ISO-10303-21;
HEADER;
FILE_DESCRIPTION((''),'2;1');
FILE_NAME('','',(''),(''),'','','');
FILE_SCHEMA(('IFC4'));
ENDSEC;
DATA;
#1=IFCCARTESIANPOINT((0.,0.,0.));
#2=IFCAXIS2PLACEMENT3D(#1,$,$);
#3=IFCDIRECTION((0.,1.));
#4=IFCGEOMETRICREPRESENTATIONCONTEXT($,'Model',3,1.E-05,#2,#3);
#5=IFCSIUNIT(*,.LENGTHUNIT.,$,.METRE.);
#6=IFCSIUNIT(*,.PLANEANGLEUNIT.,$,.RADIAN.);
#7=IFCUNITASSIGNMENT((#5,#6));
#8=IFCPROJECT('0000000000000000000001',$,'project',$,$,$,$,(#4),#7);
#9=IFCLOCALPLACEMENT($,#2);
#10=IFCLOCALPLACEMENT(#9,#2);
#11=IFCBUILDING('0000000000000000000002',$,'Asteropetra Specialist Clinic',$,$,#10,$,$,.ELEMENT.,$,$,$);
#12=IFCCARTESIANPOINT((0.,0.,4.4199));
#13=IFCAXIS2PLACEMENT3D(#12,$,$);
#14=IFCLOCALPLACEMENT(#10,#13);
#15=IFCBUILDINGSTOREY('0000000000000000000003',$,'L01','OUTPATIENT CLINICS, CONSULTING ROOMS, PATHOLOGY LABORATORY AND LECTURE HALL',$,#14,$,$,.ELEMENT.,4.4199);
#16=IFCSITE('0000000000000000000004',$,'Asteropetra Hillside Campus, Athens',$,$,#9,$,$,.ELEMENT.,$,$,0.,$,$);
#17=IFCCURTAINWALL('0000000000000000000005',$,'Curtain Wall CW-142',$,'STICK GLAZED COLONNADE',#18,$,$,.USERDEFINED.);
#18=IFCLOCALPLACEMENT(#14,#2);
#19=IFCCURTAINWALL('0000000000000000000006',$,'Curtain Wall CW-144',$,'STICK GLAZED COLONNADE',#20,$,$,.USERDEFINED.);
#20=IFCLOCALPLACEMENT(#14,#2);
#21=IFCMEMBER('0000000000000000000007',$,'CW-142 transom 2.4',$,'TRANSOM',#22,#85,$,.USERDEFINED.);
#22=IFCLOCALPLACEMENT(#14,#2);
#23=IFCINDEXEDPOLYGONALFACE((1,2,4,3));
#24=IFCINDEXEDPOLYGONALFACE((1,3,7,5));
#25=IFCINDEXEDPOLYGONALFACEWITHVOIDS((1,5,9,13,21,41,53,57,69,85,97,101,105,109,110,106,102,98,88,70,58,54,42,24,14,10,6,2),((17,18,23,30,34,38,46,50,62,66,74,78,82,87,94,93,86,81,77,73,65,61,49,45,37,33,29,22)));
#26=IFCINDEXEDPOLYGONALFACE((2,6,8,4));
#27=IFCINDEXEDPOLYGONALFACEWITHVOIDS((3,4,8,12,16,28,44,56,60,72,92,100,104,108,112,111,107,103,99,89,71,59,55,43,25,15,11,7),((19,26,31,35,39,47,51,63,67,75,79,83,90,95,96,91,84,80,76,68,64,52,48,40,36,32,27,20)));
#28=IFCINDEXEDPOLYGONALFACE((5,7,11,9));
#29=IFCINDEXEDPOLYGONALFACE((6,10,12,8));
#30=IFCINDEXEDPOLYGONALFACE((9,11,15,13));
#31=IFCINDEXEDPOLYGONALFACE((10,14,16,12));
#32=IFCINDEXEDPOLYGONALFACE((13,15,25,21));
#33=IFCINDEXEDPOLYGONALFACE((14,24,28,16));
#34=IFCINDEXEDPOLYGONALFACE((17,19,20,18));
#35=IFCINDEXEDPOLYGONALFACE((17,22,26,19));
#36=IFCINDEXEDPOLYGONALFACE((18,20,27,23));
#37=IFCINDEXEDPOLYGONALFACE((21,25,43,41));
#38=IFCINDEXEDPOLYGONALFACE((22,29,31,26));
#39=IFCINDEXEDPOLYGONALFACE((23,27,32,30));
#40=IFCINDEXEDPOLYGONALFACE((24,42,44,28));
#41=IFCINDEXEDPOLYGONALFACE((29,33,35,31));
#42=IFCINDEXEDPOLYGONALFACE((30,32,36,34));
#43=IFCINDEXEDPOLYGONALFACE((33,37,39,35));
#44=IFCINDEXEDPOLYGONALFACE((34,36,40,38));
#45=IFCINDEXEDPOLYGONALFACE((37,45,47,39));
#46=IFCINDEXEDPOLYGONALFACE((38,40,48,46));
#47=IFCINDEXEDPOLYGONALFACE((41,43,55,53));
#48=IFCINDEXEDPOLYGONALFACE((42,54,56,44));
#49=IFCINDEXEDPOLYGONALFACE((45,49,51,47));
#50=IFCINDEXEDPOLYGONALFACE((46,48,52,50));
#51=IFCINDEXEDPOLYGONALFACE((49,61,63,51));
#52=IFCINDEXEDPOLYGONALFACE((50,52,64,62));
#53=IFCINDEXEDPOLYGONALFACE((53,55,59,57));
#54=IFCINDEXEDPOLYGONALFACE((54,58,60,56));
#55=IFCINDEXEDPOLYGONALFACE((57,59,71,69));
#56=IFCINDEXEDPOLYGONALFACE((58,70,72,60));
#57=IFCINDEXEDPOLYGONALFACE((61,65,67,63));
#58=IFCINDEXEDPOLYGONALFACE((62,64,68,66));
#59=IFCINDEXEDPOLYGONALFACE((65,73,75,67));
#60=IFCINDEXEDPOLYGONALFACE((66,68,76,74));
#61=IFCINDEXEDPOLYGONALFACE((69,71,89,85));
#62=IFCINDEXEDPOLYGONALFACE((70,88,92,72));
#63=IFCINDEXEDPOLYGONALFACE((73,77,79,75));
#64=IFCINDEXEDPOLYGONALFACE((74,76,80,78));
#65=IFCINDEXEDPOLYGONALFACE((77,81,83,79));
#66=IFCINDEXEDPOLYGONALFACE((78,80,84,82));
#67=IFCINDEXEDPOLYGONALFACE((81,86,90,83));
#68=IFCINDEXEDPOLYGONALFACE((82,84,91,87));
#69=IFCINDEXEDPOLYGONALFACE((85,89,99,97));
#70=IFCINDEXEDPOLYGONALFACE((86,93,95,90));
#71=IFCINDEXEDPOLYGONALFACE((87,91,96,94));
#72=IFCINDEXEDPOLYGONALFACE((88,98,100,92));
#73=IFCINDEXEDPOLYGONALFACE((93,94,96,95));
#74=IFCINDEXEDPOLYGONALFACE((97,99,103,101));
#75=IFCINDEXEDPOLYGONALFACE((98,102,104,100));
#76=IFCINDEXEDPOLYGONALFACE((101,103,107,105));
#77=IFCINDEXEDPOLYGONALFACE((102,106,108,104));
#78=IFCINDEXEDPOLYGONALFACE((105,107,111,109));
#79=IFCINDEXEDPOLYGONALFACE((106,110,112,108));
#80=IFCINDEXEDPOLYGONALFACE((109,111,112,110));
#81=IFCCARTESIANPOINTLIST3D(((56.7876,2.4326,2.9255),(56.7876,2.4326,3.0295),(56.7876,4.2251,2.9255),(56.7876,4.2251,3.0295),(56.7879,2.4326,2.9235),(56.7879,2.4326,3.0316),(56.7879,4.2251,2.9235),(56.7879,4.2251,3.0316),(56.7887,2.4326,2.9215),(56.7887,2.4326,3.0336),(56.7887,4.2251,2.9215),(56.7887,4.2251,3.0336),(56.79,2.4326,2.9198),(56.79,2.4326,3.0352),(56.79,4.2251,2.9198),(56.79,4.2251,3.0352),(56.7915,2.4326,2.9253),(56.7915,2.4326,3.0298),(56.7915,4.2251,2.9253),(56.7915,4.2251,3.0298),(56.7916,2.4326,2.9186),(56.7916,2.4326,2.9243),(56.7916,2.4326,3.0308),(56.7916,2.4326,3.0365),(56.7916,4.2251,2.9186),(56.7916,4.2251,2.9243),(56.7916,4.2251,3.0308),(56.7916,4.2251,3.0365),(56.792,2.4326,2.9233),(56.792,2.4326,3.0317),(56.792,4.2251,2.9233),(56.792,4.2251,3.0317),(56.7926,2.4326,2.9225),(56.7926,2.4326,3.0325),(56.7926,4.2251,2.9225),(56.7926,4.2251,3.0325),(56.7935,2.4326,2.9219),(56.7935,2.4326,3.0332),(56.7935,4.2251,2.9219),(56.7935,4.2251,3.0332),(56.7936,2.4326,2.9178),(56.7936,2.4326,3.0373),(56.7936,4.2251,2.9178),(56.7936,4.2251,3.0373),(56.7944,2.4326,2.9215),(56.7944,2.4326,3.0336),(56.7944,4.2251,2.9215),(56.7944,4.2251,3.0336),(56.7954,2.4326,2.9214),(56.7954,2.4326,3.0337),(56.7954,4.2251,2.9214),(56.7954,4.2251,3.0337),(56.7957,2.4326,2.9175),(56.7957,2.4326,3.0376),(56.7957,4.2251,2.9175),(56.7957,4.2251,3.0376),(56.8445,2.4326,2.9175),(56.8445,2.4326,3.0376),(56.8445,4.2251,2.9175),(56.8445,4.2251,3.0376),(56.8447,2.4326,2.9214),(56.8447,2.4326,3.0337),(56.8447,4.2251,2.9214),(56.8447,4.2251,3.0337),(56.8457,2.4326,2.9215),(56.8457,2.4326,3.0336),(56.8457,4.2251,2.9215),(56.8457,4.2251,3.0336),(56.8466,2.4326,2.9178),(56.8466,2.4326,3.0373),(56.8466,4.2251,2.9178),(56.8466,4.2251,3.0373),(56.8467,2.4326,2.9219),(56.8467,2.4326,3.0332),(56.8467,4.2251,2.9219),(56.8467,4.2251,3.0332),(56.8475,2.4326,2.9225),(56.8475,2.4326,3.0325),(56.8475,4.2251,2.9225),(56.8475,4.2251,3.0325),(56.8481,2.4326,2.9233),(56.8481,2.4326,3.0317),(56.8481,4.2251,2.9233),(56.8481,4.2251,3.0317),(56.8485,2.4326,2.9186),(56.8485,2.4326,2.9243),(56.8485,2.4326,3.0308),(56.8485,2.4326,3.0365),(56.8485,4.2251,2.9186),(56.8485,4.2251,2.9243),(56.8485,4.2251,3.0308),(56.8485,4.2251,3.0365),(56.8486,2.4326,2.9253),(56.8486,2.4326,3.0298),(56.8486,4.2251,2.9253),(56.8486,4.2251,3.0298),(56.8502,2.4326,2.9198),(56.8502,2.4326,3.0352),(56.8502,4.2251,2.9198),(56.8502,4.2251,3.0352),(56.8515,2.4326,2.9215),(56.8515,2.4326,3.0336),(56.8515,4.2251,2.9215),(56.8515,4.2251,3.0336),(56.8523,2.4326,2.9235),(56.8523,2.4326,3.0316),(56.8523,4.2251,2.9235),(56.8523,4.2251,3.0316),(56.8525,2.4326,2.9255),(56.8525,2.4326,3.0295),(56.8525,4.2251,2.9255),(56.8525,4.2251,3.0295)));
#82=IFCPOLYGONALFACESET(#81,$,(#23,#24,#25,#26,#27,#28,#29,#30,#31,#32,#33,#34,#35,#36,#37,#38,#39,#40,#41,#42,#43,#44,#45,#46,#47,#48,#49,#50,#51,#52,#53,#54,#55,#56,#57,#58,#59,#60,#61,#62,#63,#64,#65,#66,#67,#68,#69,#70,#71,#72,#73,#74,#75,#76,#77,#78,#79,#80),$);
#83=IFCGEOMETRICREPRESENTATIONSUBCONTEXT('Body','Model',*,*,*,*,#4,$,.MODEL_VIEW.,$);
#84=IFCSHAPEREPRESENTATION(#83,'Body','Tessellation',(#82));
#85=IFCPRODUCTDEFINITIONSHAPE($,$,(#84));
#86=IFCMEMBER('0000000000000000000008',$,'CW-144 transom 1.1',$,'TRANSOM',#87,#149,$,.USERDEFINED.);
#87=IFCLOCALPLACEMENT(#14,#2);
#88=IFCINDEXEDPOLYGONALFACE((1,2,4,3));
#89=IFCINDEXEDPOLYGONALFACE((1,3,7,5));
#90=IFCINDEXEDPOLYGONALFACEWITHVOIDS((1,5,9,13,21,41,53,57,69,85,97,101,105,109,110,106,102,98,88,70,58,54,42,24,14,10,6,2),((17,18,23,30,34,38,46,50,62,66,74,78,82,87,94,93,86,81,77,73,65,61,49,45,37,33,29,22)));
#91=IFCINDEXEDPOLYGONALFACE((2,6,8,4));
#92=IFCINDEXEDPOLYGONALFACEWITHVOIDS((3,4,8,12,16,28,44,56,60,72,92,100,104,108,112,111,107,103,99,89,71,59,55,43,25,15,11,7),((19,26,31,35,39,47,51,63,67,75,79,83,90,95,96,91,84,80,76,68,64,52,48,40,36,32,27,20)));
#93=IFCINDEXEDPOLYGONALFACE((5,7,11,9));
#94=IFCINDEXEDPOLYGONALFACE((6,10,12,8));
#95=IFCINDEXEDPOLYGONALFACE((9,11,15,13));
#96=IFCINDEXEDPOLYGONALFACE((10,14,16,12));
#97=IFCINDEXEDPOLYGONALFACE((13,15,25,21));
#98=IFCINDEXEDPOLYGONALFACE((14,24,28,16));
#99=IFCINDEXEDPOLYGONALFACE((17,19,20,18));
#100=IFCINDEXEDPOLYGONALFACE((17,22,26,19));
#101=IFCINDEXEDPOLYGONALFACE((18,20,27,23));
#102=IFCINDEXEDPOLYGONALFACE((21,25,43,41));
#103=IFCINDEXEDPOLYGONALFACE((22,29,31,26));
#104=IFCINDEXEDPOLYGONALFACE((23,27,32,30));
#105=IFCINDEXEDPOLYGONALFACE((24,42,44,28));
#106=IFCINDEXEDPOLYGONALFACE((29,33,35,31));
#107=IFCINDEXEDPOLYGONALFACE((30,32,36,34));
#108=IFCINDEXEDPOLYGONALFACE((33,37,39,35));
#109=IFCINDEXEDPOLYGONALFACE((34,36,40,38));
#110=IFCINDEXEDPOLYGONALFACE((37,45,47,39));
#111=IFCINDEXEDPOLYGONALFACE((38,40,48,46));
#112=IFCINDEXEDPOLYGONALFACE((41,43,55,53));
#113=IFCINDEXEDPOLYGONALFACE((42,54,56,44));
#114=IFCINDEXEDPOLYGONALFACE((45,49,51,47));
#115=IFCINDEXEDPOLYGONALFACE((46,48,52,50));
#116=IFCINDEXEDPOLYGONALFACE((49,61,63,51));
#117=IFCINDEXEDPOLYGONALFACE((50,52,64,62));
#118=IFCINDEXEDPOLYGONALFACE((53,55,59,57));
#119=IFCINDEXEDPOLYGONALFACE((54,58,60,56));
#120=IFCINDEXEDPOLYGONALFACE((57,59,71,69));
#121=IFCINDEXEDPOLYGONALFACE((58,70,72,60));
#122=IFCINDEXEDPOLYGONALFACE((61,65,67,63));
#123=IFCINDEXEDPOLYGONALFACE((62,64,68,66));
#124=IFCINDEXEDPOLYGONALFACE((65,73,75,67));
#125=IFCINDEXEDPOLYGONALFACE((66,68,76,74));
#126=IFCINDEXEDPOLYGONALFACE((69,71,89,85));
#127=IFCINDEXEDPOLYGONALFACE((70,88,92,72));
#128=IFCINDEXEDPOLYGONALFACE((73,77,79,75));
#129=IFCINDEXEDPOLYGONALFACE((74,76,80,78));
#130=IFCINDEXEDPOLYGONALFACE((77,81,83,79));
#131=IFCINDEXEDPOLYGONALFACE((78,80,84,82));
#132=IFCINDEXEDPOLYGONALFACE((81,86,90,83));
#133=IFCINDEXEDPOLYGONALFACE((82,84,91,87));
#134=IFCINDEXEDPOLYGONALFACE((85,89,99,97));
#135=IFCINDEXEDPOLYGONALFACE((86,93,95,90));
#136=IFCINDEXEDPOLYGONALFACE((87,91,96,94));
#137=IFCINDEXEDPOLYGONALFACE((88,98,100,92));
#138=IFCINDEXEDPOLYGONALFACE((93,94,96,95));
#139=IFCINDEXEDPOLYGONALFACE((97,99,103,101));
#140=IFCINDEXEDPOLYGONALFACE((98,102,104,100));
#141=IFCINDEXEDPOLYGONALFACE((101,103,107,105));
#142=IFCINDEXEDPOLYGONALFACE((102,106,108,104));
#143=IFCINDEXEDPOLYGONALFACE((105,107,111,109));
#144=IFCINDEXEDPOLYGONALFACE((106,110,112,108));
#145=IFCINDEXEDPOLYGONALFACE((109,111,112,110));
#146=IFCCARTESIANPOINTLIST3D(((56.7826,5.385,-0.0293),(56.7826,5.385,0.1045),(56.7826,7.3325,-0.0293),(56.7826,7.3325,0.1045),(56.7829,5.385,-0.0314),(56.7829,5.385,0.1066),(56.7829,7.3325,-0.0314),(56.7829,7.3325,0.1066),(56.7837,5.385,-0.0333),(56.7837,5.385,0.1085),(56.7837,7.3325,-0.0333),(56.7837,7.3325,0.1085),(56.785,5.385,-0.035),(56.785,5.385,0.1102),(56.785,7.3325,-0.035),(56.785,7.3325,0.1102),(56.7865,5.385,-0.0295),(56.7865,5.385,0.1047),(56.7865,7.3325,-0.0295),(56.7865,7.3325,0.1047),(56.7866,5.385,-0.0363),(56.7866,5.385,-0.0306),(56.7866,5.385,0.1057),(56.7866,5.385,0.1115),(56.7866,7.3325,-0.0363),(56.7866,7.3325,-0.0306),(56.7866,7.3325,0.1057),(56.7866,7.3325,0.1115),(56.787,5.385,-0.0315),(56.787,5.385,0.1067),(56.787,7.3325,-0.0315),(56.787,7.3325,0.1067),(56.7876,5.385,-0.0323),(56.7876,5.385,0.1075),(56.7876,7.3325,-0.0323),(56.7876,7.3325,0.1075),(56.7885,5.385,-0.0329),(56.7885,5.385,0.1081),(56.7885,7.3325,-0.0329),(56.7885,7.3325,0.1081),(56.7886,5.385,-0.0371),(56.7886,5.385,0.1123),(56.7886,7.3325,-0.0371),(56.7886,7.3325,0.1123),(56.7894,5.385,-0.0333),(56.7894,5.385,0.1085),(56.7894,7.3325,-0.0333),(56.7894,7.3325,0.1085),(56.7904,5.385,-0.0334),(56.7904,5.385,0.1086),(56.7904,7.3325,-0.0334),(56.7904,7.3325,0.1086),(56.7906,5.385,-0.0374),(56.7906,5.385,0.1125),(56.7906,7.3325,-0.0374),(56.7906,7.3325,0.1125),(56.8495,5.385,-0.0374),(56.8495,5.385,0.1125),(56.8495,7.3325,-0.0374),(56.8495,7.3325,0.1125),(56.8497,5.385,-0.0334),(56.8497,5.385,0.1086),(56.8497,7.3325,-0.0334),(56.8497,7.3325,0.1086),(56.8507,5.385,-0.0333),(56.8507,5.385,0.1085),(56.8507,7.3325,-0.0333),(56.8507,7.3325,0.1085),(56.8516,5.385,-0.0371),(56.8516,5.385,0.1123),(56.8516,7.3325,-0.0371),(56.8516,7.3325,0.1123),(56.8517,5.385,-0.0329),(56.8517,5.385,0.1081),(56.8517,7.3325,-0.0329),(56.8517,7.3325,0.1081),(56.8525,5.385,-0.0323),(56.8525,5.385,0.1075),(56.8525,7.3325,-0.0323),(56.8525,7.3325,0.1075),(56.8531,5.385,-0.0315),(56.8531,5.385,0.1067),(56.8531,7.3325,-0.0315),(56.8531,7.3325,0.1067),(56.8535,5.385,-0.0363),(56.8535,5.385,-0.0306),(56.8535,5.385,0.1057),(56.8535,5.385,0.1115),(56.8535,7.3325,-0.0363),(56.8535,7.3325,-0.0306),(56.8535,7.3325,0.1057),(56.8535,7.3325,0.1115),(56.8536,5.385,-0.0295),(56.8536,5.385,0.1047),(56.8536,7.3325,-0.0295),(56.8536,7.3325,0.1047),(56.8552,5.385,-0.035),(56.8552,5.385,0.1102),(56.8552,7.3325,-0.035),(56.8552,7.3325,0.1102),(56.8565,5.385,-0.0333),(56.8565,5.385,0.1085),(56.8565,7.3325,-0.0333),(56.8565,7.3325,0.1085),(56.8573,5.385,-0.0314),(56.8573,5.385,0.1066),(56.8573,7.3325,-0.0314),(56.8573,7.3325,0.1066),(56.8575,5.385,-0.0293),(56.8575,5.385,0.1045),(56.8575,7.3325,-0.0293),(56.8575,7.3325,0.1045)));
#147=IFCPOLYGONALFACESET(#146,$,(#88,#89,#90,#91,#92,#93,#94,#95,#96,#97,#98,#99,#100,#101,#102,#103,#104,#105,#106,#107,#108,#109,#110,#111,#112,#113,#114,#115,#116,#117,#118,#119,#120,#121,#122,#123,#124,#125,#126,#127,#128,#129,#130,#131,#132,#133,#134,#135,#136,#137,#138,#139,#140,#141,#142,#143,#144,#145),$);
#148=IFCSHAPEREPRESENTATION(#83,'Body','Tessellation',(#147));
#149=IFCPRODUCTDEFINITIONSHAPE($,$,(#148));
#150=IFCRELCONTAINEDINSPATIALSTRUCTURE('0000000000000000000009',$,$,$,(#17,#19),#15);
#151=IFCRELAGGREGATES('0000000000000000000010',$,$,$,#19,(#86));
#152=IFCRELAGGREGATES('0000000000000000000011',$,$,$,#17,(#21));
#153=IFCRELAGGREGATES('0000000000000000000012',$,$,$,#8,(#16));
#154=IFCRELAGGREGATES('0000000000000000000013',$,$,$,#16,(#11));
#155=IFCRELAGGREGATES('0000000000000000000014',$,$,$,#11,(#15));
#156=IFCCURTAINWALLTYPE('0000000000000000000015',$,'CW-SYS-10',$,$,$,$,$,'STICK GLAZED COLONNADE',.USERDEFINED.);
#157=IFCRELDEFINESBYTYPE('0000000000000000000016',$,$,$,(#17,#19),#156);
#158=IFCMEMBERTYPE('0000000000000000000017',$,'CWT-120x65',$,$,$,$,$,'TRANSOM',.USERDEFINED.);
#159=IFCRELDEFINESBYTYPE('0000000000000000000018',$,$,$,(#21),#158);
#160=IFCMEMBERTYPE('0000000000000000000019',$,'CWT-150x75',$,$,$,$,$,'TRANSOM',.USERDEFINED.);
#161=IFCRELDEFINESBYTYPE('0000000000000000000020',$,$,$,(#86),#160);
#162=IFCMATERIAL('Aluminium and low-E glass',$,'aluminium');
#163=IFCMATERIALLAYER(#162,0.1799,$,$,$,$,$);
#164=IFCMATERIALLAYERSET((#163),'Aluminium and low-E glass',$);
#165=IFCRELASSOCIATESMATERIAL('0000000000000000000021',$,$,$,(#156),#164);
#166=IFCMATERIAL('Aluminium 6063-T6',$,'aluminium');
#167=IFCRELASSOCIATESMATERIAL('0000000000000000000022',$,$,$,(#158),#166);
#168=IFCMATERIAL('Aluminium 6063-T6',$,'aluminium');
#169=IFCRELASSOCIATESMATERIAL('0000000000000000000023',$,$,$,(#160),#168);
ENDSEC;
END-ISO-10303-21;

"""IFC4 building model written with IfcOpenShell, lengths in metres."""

from ifc_helpers import new_model, si_unit, direction, frame, origin, origin_2d, place, context, subcontext, project, spatial, hollow_rectangle, extrude, material, layer, layer_set, material_profile, profile_set, type_object, element, aggregate, save


model = new_model("IFC4")

# Units and contexts
model_context = context("Model", 3, precision=1e-05, world=origin(), true_north=direction((0.0, 1.0)))
body_context = subcontext(model_context, "Body", "Model", "MODEL_VIEW")
ifc_project = project(units=[si_unit("LENGTHUNIT", "METRE"), si_unit("PLANEANGLEUNIT", "RADIAN")], contexts=[model_context])

# Site, building, storey
site_placement = place(None, origin())
site = spatial("IfcSite", under=ifc_project, at=site_placement, Name="Asteropetra Hillside Campus, Athens", CompositionType="ELEMENT", RefElevation=0.0)
building_placement = place(site_placement, origin())
building = spatial("IfcBuilding", under=site, at=building_placement, Name="Asteropetra Specialist Clinic", CompositionType="ELEMENT")
storey_placement = place(building_placement, frame((0.0, 0.0, 4.4199)))
storey = spatial("IfcBuildingStorey", under=building, at=storey_placement, Name="L01", Description="OUTPATIENT CLINICS, CONSULTING ROOMS, PATHOLOGY LABORATORY AND LECTURE HALL", CompositionType="ELEMENT", Elevation=4.4199)

# Curtain wall
ifc_material_1 = material(Name="Aluminium and low-E glass", Category="aluminium")
ifc_layer_1 = layer(ifc_material_1, 0.1799)
ifc_layer_set_1 = layer_set([ifc_layer_1], Name="Aluminium and low-E glass")
curtain_wall_type = type_object("IfcCurtainWallType", Name="CW-SYS-10", ElementType="STICK GLAZED COLONNADE", PredefinedType="USERDEFINED", material=ifc_layer_set_1)
curtain_wall_1_placement = place(storey_placement, origin())
curtain_wall_1 = element("IfcCurtainWall", 1, at=curtain_wall_1_placement, inside=storey, type_object=curtain_wall_type, Name="Curtain Wall CW-142", ObjectType="STICK GLAZED COLONNADE", PredefinedType="USERDEFINED")

# Curtain wall
curtain_wall_2_placement = place(storey_placement, origin())
curtain_wall_2 = element("IfcCurtainWall", 2, at=curtain_wall_2_placement, inside=storey, type_object=curtain_wall_type, Name="Curtain Wall CW-144", ObjectType="STICK GLAZED COLONNADE", PredefinedType="USERDEFINED")

# Members
ifc_material_2 = material(Name="Aluminium 6063-T6", Category="aluminium")
ifc_material_profile_1 = material_profile(ifc_material_2, hollow_rectangle(XDim=0.0649, YDim=0.1201, WallThickness=0.0039, InnerFilletRadius=0.0039, OuterFilletRadius=0.0081, at=origin_2d()), Name="TRN 120x65x4.0")
ifc_profile_set_1 = profile_set([ifc_material_profile_1], Name="Aluminium 6063-T6")
member_type_1 = type_object("IfcMemberType", Name="CWT-120x65", ElementType="TRANSOM", PredefinedType="USERDEFINED", material=ifc_profile_set_1)
member_1_placement = place(storey_placement, frame((56.8201, 2.4326, 2.9775), z_axis=(0.0, 1.0, 0.0), x_axis=(-1.0, 0.0, 0.0)))
member_1 = element("IfcMember", 3, at=member_1_placement, type_object=member_type_1, Name="CW-142 transom 2.4", ObjectType="TRANSOM", PredefinedType="USERDEFINED", context=body_context, shape_type="SweptSolid", body=[
    extrude(hollow_rectangle(XDim=0.0649, YDim=0.1201, WallThickness=0.0039, InnerFilletRadius=0.0039, OuterFilletRadius=0.0081, at=origin_2d()), origin(), (0.0, 0.0, 1.0), 1.7925),
])
ifc_material_3 = material(Name="Aluminium 6063-T6", Category="aluminium")
ifc_material_profile_2 = material_profile(ifc_material_3, hollow_rectangle(XDim=0.075, YDim=0.1499, WallThickness=0.0039, InnerFilletRadius=0.0039, OuterFilletRadius=0.0081, at=origin_2d()), Name="TRN 150x75x4.0")
ifc_profile_set_2 = profile_set([ifc_material_profile_2], Name="Aluminium 6063-T6")
member_type_2 = type_object("IfcMemberType", Name="CWT-150x75", ElementType="TRANSOM", PredefinedType="USERDEFINED", material=ifc_profile_set_2)
member_2_placement = place(storey_placement, frame((56.8201, 5.385, 0.0376), z_axis=(0.0, 1.0, 0.0), x_axis=(-1.0, 0.0, 0.0)))
member_2 = element("IfcMember", 4, at=member_2_placement, type_object=member_type_2, Name="CW-144 transom 1.1", ObjectType="TRANSOM", PredefinedType="USERDEFINED", context=body_context, shape_type="SweptSolid", body=[
    extrude(hollow_rectangle(XDim=0.075, YDim=0.1499, WallThickness=0.0039, InnerFilletRadius=0.0039, OuterFilletRadius=0.0081, at=origin_2d()), origin(), (0.0, 0.0, 1.0), 1.9475),
])

aggregate(curtain_wall_2, [member_2])
aggregate(curtain_wall_1, [member_1])

save(model, "model.ifc")
